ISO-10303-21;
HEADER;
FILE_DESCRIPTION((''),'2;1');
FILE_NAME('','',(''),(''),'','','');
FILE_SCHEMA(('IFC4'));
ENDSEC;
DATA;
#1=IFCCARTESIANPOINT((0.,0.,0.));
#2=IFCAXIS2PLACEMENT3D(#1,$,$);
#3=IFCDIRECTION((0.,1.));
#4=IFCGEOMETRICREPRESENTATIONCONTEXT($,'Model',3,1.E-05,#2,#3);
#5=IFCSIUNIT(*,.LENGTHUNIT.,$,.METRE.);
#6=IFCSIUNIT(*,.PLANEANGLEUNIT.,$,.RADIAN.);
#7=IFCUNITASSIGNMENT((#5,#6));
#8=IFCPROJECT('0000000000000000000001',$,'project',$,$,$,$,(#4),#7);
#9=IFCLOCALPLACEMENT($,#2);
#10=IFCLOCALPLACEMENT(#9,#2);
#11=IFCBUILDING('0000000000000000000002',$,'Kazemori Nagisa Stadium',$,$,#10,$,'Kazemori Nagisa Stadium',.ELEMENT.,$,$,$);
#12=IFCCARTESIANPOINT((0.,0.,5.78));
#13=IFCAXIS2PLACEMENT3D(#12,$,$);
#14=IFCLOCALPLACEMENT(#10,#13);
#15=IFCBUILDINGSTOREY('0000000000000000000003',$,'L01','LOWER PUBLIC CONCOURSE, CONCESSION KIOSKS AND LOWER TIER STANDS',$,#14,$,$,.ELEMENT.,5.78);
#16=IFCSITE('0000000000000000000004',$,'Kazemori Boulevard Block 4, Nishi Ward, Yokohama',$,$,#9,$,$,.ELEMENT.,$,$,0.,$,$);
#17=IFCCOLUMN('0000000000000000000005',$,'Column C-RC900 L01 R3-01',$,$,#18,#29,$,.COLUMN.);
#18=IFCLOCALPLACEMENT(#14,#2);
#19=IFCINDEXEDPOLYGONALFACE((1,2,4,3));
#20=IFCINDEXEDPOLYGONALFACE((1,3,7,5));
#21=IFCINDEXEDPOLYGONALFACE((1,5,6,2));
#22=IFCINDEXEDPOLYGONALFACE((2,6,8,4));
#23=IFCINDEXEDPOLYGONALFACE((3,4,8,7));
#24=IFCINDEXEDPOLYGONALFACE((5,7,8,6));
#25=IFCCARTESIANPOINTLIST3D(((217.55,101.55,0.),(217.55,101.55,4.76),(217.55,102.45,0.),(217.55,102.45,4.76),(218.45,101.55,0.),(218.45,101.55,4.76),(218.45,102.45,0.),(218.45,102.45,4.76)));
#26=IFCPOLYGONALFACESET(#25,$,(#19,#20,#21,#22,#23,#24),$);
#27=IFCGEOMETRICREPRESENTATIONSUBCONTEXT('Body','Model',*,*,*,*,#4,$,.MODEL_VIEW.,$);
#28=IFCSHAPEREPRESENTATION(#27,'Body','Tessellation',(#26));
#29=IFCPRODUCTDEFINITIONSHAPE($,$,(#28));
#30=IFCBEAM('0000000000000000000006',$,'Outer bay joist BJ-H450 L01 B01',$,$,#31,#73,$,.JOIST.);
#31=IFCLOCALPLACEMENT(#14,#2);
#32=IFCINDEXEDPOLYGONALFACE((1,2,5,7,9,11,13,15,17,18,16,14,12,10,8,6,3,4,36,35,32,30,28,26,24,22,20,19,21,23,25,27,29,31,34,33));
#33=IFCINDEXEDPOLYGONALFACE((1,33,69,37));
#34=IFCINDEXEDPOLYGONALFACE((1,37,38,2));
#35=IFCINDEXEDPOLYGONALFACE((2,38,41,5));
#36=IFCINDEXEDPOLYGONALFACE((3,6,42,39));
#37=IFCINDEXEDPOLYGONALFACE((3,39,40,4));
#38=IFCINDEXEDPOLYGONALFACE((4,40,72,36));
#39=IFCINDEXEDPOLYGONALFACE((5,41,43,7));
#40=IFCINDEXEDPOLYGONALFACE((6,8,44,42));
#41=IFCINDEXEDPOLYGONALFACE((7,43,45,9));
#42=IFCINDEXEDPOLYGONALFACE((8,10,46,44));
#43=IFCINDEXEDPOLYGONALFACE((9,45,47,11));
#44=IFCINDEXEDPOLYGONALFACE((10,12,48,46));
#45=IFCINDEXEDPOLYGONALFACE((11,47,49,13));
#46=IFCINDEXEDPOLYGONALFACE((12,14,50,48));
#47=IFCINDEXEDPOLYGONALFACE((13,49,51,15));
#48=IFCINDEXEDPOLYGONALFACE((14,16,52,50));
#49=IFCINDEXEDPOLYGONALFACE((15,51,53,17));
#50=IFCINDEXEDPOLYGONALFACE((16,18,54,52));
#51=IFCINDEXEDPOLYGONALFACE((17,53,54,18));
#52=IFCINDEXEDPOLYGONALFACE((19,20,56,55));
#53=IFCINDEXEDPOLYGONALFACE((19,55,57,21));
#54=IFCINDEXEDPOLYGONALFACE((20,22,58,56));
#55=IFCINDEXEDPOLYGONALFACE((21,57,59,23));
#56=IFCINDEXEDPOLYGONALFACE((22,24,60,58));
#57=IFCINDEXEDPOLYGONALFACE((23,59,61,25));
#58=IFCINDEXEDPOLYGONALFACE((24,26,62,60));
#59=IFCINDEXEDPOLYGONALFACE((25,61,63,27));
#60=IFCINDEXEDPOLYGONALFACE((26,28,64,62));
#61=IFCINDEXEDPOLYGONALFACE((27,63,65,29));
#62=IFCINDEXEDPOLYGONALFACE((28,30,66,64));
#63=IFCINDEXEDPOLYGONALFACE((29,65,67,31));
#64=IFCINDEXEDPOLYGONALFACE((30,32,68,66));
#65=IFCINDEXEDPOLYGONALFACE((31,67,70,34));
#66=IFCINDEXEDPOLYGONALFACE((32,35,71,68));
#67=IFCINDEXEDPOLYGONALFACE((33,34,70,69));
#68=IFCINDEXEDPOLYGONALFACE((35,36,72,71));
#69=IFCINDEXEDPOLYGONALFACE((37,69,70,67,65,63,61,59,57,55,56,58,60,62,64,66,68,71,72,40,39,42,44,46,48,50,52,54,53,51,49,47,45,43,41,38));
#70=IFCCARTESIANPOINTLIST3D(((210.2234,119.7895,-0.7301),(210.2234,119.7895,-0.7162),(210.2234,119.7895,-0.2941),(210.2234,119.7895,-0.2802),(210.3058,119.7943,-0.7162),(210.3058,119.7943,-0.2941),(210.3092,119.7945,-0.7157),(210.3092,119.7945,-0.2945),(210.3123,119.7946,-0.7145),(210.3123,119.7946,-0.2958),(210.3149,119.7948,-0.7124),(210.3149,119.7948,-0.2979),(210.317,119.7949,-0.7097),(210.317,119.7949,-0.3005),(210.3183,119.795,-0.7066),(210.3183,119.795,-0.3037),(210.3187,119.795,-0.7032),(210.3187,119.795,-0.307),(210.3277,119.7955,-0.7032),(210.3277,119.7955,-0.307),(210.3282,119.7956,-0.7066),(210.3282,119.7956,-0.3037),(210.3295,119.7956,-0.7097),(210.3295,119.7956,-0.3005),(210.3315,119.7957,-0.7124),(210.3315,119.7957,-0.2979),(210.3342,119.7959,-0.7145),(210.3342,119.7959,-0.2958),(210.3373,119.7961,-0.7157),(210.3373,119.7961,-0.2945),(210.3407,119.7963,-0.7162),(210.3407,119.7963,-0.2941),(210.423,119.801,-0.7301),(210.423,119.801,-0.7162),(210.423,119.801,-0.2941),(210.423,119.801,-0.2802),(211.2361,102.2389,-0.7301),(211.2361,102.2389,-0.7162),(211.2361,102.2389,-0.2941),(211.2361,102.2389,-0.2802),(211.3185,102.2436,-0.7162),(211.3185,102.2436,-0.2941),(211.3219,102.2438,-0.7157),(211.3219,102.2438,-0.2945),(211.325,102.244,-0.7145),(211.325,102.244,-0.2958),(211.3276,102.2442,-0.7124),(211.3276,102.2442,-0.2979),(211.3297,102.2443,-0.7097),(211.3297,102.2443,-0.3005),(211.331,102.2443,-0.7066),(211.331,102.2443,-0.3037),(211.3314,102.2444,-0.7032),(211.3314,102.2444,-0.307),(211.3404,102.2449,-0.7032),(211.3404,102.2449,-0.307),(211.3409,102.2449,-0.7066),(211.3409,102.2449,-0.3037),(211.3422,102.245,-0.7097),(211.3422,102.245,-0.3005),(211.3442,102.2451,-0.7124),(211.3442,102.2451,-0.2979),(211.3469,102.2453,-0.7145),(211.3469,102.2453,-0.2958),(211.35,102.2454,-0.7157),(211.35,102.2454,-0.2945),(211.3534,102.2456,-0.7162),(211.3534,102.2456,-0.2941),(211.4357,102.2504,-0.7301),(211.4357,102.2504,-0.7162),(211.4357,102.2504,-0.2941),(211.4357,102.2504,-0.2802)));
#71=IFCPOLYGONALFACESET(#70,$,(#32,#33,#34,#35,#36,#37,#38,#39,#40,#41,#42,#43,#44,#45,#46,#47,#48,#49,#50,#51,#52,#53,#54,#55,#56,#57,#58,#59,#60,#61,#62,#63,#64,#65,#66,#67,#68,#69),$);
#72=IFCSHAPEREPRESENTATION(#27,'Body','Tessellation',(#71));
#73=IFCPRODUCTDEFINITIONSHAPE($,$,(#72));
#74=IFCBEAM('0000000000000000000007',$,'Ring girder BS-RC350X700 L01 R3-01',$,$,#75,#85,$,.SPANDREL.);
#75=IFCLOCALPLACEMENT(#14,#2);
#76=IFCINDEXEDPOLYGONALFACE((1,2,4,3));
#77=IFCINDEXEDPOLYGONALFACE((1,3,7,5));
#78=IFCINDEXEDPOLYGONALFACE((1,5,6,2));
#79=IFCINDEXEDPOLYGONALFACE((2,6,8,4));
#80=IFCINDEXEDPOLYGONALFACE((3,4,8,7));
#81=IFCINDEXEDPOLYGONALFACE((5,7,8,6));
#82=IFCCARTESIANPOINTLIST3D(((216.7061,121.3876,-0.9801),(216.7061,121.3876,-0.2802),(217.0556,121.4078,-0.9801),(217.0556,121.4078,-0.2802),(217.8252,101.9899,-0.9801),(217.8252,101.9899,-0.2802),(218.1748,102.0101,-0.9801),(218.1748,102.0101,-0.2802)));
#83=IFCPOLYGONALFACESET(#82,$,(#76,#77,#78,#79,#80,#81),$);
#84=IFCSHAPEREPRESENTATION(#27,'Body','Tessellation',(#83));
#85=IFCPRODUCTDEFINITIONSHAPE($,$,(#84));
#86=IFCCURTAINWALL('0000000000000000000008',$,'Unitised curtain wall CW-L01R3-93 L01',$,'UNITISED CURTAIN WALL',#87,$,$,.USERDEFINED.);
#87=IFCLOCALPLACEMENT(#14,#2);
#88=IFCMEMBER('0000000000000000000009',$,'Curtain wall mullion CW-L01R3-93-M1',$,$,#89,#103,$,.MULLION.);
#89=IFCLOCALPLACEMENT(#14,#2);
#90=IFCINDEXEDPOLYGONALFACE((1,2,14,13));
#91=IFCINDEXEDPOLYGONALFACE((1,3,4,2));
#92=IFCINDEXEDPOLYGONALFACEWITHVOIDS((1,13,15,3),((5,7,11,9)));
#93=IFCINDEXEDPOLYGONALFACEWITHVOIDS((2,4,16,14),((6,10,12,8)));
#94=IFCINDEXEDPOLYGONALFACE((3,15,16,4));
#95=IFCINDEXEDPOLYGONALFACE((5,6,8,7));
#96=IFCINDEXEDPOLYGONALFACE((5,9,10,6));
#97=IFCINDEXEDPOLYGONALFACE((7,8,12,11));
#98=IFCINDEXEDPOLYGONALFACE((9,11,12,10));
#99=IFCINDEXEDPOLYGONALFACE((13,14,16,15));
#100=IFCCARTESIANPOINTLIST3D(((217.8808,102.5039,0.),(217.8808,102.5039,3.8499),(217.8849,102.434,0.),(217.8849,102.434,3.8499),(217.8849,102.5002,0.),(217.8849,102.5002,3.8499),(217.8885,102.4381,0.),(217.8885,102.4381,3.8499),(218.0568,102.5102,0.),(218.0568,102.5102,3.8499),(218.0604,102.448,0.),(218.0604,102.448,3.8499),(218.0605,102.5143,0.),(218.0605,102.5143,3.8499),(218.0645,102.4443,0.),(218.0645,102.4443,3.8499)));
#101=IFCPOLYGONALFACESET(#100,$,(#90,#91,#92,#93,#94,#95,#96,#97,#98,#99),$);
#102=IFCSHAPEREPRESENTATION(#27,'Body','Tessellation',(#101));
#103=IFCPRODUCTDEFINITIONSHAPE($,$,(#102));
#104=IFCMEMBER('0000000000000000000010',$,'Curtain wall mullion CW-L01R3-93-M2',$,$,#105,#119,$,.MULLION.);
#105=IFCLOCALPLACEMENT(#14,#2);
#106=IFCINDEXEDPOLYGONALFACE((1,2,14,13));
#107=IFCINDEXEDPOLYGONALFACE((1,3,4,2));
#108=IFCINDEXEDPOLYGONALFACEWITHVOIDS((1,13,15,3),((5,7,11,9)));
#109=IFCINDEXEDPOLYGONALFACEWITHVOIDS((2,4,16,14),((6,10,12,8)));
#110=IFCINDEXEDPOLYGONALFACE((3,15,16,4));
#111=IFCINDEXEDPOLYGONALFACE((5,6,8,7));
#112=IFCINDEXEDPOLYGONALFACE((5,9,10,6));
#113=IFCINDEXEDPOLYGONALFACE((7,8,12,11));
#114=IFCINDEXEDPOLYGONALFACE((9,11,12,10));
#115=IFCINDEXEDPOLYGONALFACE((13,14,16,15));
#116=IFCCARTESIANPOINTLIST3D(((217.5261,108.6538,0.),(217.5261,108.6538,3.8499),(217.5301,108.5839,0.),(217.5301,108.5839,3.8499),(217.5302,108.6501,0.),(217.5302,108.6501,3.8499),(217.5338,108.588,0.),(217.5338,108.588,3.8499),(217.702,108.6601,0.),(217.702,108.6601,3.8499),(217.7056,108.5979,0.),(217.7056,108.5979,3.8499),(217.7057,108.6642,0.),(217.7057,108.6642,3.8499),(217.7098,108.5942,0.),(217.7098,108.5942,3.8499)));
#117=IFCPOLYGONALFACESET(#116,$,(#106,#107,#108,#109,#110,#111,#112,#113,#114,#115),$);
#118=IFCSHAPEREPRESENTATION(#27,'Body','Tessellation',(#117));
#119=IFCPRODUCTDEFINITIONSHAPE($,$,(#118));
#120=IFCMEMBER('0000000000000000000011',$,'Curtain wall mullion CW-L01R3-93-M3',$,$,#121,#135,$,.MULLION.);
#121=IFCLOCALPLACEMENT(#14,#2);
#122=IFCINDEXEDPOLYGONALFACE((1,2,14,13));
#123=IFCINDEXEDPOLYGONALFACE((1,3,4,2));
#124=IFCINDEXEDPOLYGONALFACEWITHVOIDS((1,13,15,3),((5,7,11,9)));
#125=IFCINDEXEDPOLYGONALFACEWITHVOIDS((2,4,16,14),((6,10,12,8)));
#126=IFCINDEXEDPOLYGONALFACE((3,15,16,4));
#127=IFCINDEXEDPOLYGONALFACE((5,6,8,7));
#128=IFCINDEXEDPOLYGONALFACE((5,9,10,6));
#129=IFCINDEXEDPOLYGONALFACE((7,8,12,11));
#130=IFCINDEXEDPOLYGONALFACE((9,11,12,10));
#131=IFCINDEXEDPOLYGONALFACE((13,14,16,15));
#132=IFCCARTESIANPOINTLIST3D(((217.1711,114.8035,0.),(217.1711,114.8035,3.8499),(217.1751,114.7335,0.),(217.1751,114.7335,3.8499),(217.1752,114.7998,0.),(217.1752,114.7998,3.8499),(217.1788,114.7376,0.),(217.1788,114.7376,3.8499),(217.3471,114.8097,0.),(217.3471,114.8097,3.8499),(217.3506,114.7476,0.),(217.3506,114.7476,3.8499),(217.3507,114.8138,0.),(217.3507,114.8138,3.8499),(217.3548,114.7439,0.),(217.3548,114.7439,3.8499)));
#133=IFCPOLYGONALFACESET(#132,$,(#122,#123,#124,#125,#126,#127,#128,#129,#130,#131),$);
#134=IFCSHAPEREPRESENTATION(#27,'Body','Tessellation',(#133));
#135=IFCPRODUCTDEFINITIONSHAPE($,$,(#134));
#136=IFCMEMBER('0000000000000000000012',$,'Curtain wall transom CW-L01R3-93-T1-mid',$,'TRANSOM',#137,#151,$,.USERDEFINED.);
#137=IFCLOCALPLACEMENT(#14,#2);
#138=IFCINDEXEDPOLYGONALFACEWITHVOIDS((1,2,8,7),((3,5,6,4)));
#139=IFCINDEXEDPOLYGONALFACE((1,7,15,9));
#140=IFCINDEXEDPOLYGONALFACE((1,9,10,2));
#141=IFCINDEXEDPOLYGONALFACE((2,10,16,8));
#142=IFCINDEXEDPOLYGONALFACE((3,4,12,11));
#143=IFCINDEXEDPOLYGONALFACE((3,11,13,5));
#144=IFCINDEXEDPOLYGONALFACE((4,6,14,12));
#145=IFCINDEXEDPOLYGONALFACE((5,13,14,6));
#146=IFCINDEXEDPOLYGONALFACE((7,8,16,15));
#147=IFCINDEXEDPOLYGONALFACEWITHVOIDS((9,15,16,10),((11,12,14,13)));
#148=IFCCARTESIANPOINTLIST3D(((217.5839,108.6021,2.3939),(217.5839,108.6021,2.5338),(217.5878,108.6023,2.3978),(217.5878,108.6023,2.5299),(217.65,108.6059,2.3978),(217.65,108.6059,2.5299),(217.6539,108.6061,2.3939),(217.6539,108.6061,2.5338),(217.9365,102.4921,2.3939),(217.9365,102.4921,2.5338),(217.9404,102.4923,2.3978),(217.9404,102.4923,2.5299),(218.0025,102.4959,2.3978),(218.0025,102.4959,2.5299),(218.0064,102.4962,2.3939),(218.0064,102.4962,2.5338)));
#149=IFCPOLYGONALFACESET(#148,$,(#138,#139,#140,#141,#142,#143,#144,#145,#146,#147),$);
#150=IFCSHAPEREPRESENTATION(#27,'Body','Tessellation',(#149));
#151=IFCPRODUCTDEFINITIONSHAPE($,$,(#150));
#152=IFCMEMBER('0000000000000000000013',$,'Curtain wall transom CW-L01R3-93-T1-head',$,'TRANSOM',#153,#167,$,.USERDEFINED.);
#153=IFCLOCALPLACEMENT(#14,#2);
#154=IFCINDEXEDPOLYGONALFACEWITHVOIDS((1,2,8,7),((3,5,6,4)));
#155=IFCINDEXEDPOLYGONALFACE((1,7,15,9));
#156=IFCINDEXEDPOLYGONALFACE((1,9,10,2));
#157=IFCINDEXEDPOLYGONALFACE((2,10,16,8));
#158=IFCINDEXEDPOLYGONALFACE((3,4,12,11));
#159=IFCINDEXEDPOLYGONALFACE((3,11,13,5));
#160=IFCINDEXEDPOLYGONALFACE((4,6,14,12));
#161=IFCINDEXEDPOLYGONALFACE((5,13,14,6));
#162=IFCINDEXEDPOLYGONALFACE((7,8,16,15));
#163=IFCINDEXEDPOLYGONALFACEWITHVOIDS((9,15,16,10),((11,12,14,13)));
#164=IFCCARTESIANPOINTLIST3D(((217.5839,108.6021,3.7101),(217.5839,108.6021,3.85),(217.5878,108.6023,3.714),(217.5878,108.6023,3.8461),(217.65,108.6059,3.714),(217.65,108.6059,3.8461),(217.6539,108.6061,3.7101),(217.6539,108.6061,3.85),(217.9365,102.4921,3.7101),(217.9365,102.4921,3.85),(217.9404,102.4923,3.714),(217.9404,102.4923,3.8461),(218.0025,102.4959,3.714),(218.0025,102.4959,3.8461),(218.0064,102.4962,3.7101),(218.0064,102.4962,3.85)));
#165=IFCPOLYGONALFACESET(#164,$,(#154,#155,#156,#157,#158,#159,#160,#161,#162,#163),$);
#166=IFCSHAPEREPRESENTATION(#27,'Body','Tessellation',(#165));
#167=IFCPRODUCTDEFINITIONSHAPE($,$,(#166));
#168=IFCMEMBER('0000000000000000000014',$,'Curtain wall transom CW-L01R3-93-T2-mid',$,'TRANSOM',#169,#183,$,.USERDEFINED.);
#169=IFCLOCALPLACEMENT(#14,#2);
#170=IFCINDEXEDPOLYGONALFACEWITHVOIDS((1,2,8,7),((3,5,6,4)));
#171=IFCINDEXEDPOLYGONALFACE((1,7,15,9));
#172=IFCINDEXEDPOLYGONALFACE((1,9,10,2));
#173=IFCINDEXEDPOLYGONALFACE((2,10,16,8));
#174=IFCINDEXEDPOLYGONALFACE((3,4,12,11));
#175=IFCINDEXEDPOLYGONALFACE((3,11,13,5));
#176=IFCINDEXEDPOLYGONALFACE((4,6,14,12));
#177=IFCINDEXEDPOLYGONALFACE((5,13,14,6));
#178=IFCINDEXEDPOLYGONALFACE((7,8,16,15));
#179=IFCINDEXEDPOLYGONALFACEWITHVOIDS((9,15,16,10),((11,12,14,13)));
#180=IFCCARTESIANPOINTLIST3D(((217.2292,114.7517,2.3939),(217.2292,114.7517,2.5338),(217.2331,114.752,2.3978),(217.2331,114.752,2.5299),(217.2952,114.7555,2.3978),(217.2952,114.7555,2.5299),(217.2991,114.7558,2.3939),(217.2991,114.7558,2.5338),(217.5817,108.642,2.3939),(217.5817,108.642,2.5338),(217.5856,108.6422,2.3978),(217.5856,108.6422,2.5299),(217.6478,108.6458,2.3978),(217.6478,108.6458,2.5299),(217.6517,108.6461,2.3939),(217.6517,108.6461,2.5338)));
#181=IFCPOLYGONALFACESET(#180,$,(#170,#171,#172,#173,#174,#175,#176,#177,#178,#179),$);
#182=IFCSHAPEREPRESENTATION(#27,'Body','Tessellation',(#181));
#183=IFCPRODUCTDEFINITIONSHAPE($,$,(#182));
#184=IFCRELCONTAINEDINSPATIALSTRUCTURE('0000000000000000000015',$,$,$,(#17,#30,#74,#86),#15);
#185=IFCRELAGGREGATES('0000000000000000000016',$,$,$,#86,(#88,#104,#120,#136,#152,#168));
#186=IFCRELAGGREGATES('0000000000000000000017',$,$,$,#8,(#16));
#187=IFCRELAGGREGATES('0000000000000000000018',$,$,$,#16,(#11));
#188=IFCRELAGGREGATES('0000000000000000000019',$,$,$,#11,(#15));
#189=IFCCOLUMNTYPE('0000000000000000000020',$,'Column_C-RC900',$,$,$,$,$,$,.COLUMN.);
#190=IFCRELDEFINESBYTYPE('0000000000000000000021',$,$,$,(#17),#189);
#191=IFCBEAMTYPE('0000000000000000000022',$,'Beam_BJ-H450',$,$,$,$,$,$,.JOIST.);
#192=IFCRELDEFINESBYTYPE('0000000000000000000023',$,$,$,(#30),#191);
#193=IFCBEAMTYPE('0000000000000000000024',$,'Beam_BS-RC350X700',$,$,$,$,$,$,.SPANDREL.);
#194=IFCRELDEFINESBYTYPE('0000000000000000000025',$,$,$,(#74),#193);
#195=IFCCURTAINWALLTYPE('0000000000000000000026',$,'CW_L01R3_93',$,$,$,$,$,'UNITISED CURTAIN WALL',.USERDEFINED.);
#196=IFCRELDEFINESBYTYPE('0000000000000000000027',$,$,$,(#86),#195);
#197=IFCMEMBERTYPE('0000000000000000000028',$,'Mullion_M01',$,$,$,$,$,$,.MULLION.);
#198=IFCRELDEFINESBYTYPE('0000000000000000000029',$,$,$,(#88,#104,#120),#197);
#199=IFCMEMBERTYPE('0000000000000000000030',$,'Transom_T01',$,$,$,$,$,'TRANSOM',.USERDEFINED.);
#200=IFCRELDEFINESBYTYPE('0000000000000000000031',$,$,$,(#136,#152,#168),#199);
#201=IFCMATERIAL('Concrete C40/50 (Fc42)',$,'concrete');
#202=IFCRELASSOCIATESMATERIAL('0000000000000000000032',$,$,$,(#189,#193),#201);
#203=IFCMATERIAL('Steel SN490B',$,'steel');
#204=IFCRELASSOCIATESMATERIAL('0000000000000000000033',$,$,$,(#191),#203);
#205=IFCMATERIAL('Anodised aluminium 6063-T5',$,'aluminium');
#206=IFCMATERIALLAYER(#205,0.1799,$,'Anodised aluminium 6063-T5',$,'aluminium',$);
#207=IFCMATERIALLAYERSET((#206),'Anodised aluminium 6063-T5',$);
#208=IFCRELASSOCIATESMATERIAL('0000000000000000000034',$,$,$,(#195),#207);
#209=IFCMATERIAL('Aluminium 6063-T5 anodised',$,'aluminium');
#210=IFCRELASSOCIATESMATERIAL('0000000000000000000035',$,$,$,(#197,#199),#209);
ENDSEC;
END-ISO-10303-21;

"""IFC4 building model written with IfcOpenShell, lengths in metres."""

from ifc_helpers import new_model, si_unit, direction, frame, origin, origin_2d, place, context, subcontext, project, spatial, rectangle, hollow_rectangle, i_section, extrude, material, layer, layer_set, material_profile, profile_set, type_object, element, aggregate, save


model = new_model("IFC4")

# Units and contexts
model_context = context("Model", 3, precision=1e-05, world=origin(), true_north=direction((0.0, 1.0)))
body_context = subcontext(model_context, "Body", "Model", "MODEL_VIEW")
ifc_project = project(units=[si_unit("LENGTHUNIT", "METRE"), si_unit("PLANEANGLEUNIT", "RADIAN")], contexts=[model_context])

# Site, building, storey
site_placement = place(None, origin())
site = spatial("IfcSite", under=ifc_project, at=site_placement, Name="Kazemori Boulevard Block 4, Nishi Ward, Yokohama", CompositionType="ELEMENT", RefElevation=0.0)
building_placement = place(site_placement, origin())
building = spatial("IfcBuilding", under=site, at=building_placement, Name="Kazemori Nagisa Stadium", LongName="Kazemori Nagisa Stadium", CompositionType="ELEMENT")
storey_placement = place(building_placement, frame((0.0, 0.0, 5.78)))
storey = spatial("IfcBuildingStorey", under=building, at=storey_placement, Name="L01", Description="LOWER PUBLIC CONCOURSE, CONCESSION KIOSKS AND LOWER TIER STANDS", CompositionType="ELEMENT", Elevation=5.78)

# Column
ifc_material_1 = material(Name="Concrete C40/50 (Fc42)", Category="concrete")
ifc_material_profile_1 = material_profile(ifc_material_1, rectangle(XDim=0.8999, YDim=0.8999, at=origin_2d()), Name="RC-COL-900x900")
ifc_profile_set_1 = profile_set([ifc_material_profile_1], Name="Concrete C40/50 (Fc42)")
column_type = type_object("IfcColumnType", Name="Column_C-RC900", PredefinedType="COLUMN", material=ifc_profile_set_1)
column_placement = place(storey_placement, frame((218.0, 102.0, 0.0), z_axis=(0.0, 0.0, 1.0), x_axis=(1.0, 0.0, 0.0)))
element("IfcColumn", 1, at=column_placement, inside=storey, type_object=column_type, Name="Column C-RC900 L01 R3-01", PredefinedType="COLUMN", context=body_context, shape_type="SweptSolid", body=[
    extrude(rectangle(XDim=0.8999, YDim=0.8999, at=origin_2d()), origin(), (0.0, 0.0, 1.0), 4.76),
])

# Beams
ifc_material_2 = material(Name="Steel SN490B", Category="steel")
ifc_material_profile_2 = material_profile(ifc_material_2, i_section(OverallWidth=0.2, OverallDepth=0.45, WebThickness=0.009, FlangeThickness=0.0139, FilletRadius=0.0129, at=origin_2d()), Name="H-450x200x9x14")
ifc_profile_set_2 = profile_set([ifc_material_profile_2], Name="Steel SN490B")
beam_type_1 = type_object("IfcBeamType", Name="Beam_BJ-H450", PredefinedType="JOIST", material=ifc_profile_set_2)
beam_1_placement = place(storey_placement, frame((211.3359, 102.2446, -0.5051), z_axis=(-0.057606, 0.998339, 0.0), x_axis=(-0.998339, -0.057606, 0.0)))
element("IfcBeam", 2, at=beam_1_placement, inside=storey, type_object=beam_type_1, Name="Outer bay joist BJ-H450 L01 B01", PredefinedType="JOIST", context=body_context, shape_type="SweptSolid", body=[
    extrude(i_section(OverallWidth=0.2, OverallDepth=0.45, WebThickness=0.009, FlangeThickness=0.0139, FilletRadius=0.0129, at=origin_2d()), origin(), (0.0, 0.0, 1.0), 17.5798),
])
ifc_material_profile_3 = material_profile(ifc_material_1, rectangle(XDim=0.3501, YDim=0.7, at=origin_2d()), Name="RC-SP-350x700")
ifc_profile_set_3 = profile_set([ifc_material_profile_3], Name="Concrete C40/50 (Fc42)")
beam_type_2 = type_object("IfcBeamType", Name="Beam_BS-RC350X700", PredefinedType="SPANDREL", material=ifc_profile_set_3)
beam_2_placement = place(storey_placement, frame((218.0, 102.0, -0.6301), z_axis=(-0.057599, 0.99834, 0.0), x_axis=(-0.99834, -0.057599, 0.0)))
element("IfcBeam", 3, at=beam_2_placement, inside=storey, type_object=beam_type_2, Name="Ring girder BS-RC350X700 L01 R3-01", PredefinedType="SPANDREL", context=body_context, shape_type="SweptSolid", body=[
    extrude(rectangle(XDim=0.3501, YDim=0.7, at=origin_2d()), origin(), (0.0, 0.0, 1.0), 19.4299),
])

# Curtain wall, members
ifc_material_3 = material(Name="Anodised aluminium 6063-T5", Category="aluminium")
ifc_layer_1 = layer(ifc_material_3, 0.1799, Name="Anodised aluminium 6063-T5", Category="aluminium")
ifc_layer_set_1 = layer_set([ifc_layer_1], Name="Anodised aluminium 6063-T5")
curtain_wall_type = type_object("IfcCurtainWallType", Name="CW_L01R3_93", ElementType="UNITISED CURTAIN WALL", PredefinedType="USERDEFINED", material=ifc_layer_set_1)
curtain_wall_placement = place(storey_placement, origin())
curtain_wall = element("IfcCurtainWall", 4, at=curtain_wall_placement, inside=storey, type_object=curtain_wall_type, Name="Unitised curtain wall CW-L01R3-93 L01", ObjectType="UNITISED CURTAIN WALL", PredefinedType="USERDEFINED")
ifc_material_4 = material(Name="Aluminium 6063-T5 anodised", Category="aluminium")
ifc_material_profile_4 = material_profile(ifc_material_4, hollow_rectangle(XDim=0.0701, YDim=0.1799, WallThickness=0.0039, at=origin_2d()), Name="ALU-MULL-70x180x4")
ifc_profile_set_4 = profile_set([ifc_material_profile_4], Name="Aluminium 6063-T5 anodised")
member_type_1 = type_object("IfcMemberType", Name="Mullion_M01", PredefinedType="MULLION", material=ifc_profile_set_4)
member_1_placement = place(storey_placement, frame((217.9727, 102.4741, 0.0), z_axis=(0.0, 0.0, 1.0), x_axis=(-0.057602, 0.99834, 0.0)))
member_1 = element("IfcMember", 5, at=member_1_placement, type_object=member_type_1, Name="Curtain wall mullion CW-L01R3-93-M1", PredefinedType="MULLION", context=body_context, shape_type="SweptSolid", body=[
    extrude(hollow_rectangle(XDim=0.0701, YDim=0.1799, WallThickness=0.0039, at=origin_2d()), origin(), (0.0, 0.0, 1.0), 3.8499),
])
member_2_placement = place(storey_placement, frame((217.6179, 108.624, 0.0), z_axis=(0.0, 0.0, 1.0), x_axis=(-0.057602, 0.99834, 0.0)))
member_2 = element("IfcMember", 6, at=member_2_placement, type_object=member_type_1, Name="Curtain wall mullion CW-L01R3-93-M2", PredefinedType="MULLION", context=body_context, shape_type="SweptSolid", body=[
    extrude(hollow_rectangle(XDim=0.0701, YDim=0.1799, WallThickness=0.0039, at=origin_2d()), origin(), (0.0, 0.0, 1.0), 3.8499),
])
member_3_placement = place(storey_placement, frame((217.2629, 114.7737, 0.0), z_axis=(0.0, 0.0, 1.0), x_axis=(-0.057602, 0.99834, 0.0)))
member_3 = element("IfcMember", 7, at=member_3_placement, type_object=member_type_1, Name="Curtain wall mullion CW-L01R3-93-M3", PredefinedType="MULLION", context=body_context, shape_type="SweptSolid", body=[
    extrude(hollow_rectangle(XDim=0.0701, YDim=0.1799, WallThickness=0.0039, at=origin_2d()), origin(), (0.0, 0.0, 1.0), 3.8499),
])
ifc_material_profile_5 = material_profile(ifc_material_4, hollow_rectangle(XDim=0.0701, YDim=0.1399, WallThickness=0.0039, at=origin_2d()), Name="ALU-TRAN-70x140x4")
ifc_profile_set_5 = profile_set([ifc_material_profile_5], Name="Aluminium 6063-T5 anodised")
member_type_2 = type_object("IfcMemberType", Name="Transom_T01", ElementType="TRANSOM", PredefinedType="USERDEFINED", material=ifc_profile_set_5)
member_4_placement = place(storey_placement, frame((217.9714, 102.4941, 2.4639), z_axis=(-0.057604, 0.99834, 0.0), x_axis=(-0.99834, -0.057604, 0.0)))
member_4 = element("IfcMember", 8, at=member_4_placement, type_object=member_type_2, Name="Curtain wall transom CW-L01R3-93-T1-mid", ObjectType="TRANSOM", PredefinedType="USERDEFINED", context=body_context, shape_type="SweptSolid", body=[
    extrude(hollow_rectangle(XDim=0.0701, YDim=0.1399, WallThickness=0.0039, at=origin_2d()), origin(), (0.0, 0.0, 1.0), 6.1201),
])
member_5_placement = place(storey_placement, frame((217.9714, 102.4941, 3.78), z_axis=(-0.057604, 0.99834, 0.0), x_axis=(-0.99834, -0.057604, 0.0)))
member_5 = element("IfcMember", 9, at=member_5_placement, type_object=member_type_2, Name="Curtain wall transom CW-L01R3-93-T1-head", ObjectType="TRANSOM", PredefinedType="USERDEFINED", context=body_context, shape_type="SweptSolid", body=[
    extrude(hollow_rectangle(XDim=0.0701, YDim=0.1399, WallThickness=0.0039, at=origin_2d()), origin(), (0.0, 0.0, 1.0), 6.1201),
])
member_6_placement = place(storey_placement, frame((217.6167, 108.644, 2.4639), z_axis=(-0.057606, 0.998339, 0.0), x_axis=(-0.998339, -0.057606, 0.0)))
member_6 = element("IfcMember", 10, at=member_6_placement, type_object=member_type_2, Name="Curtain wall transom CW-L01R3-93-T2-mid", ObjectType="TRANSOM", PredefinedType="USERDEFINED", context=body_context, shape_type="SweptSolid", body=[
    extrude(hollow_rectangle(XDim=0.0701, YDim=0.1399, WallThickness=0.0039, at=origin_2d()), origin(), (0.0, 0.0, 1.0), 6.1199),
])
aggregate(curtain_wall, [member_1, member_2, member_3, member_4, member_5, member_6])

save(model, "model.ifc")
